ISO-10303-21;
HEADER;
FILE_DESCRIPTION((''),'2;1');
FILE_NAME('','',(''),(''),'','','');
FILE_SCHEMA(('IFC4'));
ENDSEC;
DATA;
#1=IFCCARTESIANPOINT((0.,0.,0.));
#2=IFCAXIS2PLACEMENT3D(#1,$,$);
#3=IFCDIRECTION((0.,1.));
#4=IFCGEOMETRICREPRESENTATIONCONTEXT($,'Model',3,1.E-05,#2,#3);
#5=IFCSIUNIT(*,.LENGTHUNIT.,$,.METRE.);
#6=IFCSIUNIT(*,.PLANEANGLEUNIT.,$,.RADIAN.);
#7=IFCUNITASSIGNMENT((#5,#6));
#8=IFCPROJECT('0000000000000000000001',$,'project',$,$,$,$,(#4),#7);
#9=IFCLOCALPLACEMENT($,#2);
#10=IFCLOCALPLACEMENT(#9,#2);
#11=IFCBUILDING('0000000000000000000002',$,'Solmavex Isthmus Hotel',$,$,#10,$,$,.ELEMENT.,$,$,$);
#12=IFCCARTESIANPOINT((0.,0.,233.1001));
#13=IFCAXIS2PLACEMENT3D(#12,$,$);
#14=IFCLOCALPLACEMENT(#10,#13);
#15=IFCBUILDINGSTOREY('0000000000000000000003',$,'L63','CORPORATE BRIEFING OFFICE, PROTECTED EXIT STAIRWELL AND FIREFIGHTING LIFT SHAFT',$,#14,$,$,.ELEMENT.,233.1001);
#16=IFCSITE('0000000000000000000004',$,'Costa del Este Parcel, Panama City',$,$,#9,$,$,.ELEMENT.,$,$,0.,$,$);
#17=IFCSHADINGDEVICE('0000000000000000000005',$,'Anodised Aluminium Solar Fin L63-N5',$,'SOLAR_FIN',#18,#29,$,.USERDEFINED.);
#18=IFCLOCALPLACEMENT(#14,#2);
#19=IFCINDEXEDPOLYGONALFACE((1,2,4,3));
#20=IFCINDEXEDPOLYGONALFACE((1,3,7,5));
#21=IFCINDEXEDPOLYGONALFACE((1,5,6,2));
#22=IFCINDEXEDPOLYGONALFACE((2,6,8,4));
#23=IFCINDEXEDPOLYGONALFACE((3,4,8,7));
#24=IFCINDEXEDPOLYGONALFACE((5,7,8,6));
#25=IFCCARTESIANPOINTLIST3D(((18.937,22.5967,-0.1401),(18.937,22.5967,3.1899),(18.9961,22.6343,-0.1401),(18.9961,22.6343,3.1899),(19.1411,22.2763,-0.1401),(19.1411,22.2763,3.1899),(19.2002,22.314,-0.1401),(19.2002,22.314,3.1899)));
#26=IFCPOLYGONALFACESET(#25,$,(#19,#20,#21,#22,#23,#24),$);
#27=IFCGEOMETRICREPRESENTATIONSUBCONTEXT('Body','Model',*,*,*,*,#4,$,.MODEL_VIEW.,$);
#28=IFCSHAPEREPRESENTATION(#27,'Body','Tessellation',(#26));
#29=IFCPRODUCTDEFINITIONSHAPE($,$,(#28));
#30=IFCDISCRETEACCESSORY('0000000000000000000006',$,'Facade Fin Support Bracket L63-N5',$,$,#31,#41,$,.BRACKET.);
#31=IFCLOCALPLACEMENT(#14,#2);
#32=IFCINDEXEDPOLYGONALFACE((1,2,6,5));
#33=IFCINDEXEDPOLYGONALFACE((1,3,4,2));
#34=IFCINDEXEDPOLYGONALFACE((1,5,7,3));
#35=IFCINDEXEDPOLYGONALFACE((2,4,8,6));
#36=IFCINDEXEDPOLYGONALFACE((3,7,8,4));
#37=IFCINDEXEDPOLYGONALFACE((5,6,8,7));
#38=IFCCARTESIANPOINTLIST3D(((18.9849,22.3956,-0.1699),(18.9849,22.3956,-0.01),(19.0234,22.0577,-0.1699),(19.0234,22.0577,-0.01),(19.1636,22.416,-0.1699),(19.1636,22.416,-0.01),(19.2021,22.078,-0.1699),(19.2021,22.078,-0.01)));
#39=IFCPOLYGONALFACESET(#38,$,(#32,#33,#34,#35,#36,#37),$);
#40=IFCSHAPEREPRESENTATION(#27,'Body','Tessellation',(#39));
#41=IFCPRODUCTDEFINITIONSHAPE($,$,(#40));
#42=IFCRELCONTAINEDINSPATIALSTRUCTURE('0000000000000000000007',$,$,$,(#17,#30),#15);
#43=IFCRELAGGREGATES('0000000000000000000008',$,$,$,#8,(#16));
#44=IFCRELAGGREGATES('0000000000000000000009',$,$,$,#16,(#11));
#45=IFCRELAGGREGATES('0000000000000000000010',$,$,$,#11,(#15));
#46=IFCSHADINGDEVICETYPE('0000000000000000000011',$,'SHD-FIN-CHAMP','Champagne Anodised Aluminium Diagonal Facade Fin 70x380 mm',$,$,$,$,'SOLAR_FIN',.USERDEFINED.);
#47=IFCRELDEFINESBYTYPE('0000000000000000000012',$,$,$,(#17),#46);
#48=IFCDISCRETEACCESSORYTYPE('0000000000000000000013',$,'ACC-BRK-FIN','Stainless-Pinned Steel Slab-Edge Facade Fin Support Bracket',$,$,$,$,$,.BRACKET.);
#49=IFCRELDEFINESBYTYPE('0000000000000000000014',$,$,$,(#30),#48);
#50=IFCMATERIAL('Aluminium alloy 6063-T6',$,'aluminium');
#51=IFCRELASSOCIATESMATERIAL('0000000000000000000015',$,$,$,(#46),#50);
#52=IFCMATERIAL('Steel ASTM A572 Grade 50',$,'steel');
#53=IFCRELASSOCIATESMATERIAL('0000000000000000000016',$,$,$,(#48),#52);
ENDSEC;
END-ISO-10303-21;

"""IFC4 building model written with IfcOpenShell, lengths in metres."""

from ifc_helpers import new_model, si_unit, direction, frame, origin, origin_2d, place, context, subcontext, project, spatial, rectangle, extrude, material, type_object, element, save


model = new_model("IFC4")

# Units and contexts
model_context = context("Model", 3, precision=1e-05, world=origin(), true_north=direction((0.0, 1.0)))
body_context = subcontext(model_context, "Body", "Model", "MODEL_VIEW")
ifc_project = project(units=[si_unit("LENGTHUNIT", "METRE"), si_unit("PLANEANGLEUNIT", "RADIAN")], contexts=[model_context])

# Site, building, storey
site_placement = place(None, origin())
site = spatial("IfcSite", under=ifc_project, at=site_placement, Name="Costa del Este Parcel, Panama City", CompositionType="ELEMENT", RefElevation=0.0)
building_placement = place(site_placement, origin())
building = spatial("IfcBuilding", under=site, at=building_placement, Name="Solmavex Isthmus Hotel", CompositionType="ELEMENT")
storey_placement = place(building_placement, frame((0.0, 0.0, 233.1001)))
storey = spatial("IfcBuildingStorey", under=building, at=storey_placement, Name="L63", Description="CORPORATE BRIEFING OFFICE, PROTECTED EXIT STAIRWELL AND FIREFIGHTING LIFT SHAFT", CompositionType="ELEMENT", Elevation=233.1001)

# Shared definitions
ifc_material_1 = material(Name="Aluminium alloy 6063-T6", Category="aluminium")

# Shading device
shading_device_type = type_object("IfcShadingDeviceType", Name="SHD-FIN-CHAMP", Description="Champagne Anodised Aluminium Diagonal Facade Fin 70x380 mm", ElementType="SOLAR_FIN", PredefinedType="USERDEFINED", material=ifc_material_1)
shading_device_placement = place(storey_placement, frame((19.0686, 22.4553, -0.1401), z_axis=(0.0, 0.0, 1.0), x_axis=(-0.5373, 0.843391, 0.0)))
element("IfcShadingDevice", 1, at=shading_device_placement, inside=storey, type_object=shading_device_type, Name="Anodised Aluminium Solar Fin L63-N5", ObjectType="SOLAR_FIN", PredefinedType="USERDEFINED", context=body_context, shape_type="SweptSolid", body=[
    extrude(rectangle(XDim=0.3799, YDim=0.0701, at=origin_2d()), origin(), (0.0, 0.0, 1.0), 3.3301),
])

# Discrete accessory
ifc_material_2 = material(Name="Steel ASTM A572 Grade 50", Category="steel")
discrete_accessory_type = type_object("IfcDiscreteAccessoryType", Name="ACC-BRK-FIN", Description="Stainless-Pinned Steel Slab-Edge Facade Fin Support Bracket", PredefinedType="BRACKET", material=ifc_material_2)
discrete_accessory_placement = place(storey_placement, frame((19.0935, 22.2368, -0.1699), z_axis=(0.0, 0.0, 1.0), x_axis=(-0.113203, 0.993572, 0.0)))
element("IfcDiscreteAccessory", 2, at=discrete_accessory_placement, inside=storey, type_object=discrete_accessory_type, Name="Facade Fin Support Bracket L63-N5", PredefinedType="BRACKET", context=body_context, shape_type="SweptSolid", body=[
    extrude(rectangle(XDim=0.3401, YDim=0.1799, at=origin_2d()), origin(), (0.0, 0.0, 1.0), 0.1599),
])

save(model, "model.ifc")
